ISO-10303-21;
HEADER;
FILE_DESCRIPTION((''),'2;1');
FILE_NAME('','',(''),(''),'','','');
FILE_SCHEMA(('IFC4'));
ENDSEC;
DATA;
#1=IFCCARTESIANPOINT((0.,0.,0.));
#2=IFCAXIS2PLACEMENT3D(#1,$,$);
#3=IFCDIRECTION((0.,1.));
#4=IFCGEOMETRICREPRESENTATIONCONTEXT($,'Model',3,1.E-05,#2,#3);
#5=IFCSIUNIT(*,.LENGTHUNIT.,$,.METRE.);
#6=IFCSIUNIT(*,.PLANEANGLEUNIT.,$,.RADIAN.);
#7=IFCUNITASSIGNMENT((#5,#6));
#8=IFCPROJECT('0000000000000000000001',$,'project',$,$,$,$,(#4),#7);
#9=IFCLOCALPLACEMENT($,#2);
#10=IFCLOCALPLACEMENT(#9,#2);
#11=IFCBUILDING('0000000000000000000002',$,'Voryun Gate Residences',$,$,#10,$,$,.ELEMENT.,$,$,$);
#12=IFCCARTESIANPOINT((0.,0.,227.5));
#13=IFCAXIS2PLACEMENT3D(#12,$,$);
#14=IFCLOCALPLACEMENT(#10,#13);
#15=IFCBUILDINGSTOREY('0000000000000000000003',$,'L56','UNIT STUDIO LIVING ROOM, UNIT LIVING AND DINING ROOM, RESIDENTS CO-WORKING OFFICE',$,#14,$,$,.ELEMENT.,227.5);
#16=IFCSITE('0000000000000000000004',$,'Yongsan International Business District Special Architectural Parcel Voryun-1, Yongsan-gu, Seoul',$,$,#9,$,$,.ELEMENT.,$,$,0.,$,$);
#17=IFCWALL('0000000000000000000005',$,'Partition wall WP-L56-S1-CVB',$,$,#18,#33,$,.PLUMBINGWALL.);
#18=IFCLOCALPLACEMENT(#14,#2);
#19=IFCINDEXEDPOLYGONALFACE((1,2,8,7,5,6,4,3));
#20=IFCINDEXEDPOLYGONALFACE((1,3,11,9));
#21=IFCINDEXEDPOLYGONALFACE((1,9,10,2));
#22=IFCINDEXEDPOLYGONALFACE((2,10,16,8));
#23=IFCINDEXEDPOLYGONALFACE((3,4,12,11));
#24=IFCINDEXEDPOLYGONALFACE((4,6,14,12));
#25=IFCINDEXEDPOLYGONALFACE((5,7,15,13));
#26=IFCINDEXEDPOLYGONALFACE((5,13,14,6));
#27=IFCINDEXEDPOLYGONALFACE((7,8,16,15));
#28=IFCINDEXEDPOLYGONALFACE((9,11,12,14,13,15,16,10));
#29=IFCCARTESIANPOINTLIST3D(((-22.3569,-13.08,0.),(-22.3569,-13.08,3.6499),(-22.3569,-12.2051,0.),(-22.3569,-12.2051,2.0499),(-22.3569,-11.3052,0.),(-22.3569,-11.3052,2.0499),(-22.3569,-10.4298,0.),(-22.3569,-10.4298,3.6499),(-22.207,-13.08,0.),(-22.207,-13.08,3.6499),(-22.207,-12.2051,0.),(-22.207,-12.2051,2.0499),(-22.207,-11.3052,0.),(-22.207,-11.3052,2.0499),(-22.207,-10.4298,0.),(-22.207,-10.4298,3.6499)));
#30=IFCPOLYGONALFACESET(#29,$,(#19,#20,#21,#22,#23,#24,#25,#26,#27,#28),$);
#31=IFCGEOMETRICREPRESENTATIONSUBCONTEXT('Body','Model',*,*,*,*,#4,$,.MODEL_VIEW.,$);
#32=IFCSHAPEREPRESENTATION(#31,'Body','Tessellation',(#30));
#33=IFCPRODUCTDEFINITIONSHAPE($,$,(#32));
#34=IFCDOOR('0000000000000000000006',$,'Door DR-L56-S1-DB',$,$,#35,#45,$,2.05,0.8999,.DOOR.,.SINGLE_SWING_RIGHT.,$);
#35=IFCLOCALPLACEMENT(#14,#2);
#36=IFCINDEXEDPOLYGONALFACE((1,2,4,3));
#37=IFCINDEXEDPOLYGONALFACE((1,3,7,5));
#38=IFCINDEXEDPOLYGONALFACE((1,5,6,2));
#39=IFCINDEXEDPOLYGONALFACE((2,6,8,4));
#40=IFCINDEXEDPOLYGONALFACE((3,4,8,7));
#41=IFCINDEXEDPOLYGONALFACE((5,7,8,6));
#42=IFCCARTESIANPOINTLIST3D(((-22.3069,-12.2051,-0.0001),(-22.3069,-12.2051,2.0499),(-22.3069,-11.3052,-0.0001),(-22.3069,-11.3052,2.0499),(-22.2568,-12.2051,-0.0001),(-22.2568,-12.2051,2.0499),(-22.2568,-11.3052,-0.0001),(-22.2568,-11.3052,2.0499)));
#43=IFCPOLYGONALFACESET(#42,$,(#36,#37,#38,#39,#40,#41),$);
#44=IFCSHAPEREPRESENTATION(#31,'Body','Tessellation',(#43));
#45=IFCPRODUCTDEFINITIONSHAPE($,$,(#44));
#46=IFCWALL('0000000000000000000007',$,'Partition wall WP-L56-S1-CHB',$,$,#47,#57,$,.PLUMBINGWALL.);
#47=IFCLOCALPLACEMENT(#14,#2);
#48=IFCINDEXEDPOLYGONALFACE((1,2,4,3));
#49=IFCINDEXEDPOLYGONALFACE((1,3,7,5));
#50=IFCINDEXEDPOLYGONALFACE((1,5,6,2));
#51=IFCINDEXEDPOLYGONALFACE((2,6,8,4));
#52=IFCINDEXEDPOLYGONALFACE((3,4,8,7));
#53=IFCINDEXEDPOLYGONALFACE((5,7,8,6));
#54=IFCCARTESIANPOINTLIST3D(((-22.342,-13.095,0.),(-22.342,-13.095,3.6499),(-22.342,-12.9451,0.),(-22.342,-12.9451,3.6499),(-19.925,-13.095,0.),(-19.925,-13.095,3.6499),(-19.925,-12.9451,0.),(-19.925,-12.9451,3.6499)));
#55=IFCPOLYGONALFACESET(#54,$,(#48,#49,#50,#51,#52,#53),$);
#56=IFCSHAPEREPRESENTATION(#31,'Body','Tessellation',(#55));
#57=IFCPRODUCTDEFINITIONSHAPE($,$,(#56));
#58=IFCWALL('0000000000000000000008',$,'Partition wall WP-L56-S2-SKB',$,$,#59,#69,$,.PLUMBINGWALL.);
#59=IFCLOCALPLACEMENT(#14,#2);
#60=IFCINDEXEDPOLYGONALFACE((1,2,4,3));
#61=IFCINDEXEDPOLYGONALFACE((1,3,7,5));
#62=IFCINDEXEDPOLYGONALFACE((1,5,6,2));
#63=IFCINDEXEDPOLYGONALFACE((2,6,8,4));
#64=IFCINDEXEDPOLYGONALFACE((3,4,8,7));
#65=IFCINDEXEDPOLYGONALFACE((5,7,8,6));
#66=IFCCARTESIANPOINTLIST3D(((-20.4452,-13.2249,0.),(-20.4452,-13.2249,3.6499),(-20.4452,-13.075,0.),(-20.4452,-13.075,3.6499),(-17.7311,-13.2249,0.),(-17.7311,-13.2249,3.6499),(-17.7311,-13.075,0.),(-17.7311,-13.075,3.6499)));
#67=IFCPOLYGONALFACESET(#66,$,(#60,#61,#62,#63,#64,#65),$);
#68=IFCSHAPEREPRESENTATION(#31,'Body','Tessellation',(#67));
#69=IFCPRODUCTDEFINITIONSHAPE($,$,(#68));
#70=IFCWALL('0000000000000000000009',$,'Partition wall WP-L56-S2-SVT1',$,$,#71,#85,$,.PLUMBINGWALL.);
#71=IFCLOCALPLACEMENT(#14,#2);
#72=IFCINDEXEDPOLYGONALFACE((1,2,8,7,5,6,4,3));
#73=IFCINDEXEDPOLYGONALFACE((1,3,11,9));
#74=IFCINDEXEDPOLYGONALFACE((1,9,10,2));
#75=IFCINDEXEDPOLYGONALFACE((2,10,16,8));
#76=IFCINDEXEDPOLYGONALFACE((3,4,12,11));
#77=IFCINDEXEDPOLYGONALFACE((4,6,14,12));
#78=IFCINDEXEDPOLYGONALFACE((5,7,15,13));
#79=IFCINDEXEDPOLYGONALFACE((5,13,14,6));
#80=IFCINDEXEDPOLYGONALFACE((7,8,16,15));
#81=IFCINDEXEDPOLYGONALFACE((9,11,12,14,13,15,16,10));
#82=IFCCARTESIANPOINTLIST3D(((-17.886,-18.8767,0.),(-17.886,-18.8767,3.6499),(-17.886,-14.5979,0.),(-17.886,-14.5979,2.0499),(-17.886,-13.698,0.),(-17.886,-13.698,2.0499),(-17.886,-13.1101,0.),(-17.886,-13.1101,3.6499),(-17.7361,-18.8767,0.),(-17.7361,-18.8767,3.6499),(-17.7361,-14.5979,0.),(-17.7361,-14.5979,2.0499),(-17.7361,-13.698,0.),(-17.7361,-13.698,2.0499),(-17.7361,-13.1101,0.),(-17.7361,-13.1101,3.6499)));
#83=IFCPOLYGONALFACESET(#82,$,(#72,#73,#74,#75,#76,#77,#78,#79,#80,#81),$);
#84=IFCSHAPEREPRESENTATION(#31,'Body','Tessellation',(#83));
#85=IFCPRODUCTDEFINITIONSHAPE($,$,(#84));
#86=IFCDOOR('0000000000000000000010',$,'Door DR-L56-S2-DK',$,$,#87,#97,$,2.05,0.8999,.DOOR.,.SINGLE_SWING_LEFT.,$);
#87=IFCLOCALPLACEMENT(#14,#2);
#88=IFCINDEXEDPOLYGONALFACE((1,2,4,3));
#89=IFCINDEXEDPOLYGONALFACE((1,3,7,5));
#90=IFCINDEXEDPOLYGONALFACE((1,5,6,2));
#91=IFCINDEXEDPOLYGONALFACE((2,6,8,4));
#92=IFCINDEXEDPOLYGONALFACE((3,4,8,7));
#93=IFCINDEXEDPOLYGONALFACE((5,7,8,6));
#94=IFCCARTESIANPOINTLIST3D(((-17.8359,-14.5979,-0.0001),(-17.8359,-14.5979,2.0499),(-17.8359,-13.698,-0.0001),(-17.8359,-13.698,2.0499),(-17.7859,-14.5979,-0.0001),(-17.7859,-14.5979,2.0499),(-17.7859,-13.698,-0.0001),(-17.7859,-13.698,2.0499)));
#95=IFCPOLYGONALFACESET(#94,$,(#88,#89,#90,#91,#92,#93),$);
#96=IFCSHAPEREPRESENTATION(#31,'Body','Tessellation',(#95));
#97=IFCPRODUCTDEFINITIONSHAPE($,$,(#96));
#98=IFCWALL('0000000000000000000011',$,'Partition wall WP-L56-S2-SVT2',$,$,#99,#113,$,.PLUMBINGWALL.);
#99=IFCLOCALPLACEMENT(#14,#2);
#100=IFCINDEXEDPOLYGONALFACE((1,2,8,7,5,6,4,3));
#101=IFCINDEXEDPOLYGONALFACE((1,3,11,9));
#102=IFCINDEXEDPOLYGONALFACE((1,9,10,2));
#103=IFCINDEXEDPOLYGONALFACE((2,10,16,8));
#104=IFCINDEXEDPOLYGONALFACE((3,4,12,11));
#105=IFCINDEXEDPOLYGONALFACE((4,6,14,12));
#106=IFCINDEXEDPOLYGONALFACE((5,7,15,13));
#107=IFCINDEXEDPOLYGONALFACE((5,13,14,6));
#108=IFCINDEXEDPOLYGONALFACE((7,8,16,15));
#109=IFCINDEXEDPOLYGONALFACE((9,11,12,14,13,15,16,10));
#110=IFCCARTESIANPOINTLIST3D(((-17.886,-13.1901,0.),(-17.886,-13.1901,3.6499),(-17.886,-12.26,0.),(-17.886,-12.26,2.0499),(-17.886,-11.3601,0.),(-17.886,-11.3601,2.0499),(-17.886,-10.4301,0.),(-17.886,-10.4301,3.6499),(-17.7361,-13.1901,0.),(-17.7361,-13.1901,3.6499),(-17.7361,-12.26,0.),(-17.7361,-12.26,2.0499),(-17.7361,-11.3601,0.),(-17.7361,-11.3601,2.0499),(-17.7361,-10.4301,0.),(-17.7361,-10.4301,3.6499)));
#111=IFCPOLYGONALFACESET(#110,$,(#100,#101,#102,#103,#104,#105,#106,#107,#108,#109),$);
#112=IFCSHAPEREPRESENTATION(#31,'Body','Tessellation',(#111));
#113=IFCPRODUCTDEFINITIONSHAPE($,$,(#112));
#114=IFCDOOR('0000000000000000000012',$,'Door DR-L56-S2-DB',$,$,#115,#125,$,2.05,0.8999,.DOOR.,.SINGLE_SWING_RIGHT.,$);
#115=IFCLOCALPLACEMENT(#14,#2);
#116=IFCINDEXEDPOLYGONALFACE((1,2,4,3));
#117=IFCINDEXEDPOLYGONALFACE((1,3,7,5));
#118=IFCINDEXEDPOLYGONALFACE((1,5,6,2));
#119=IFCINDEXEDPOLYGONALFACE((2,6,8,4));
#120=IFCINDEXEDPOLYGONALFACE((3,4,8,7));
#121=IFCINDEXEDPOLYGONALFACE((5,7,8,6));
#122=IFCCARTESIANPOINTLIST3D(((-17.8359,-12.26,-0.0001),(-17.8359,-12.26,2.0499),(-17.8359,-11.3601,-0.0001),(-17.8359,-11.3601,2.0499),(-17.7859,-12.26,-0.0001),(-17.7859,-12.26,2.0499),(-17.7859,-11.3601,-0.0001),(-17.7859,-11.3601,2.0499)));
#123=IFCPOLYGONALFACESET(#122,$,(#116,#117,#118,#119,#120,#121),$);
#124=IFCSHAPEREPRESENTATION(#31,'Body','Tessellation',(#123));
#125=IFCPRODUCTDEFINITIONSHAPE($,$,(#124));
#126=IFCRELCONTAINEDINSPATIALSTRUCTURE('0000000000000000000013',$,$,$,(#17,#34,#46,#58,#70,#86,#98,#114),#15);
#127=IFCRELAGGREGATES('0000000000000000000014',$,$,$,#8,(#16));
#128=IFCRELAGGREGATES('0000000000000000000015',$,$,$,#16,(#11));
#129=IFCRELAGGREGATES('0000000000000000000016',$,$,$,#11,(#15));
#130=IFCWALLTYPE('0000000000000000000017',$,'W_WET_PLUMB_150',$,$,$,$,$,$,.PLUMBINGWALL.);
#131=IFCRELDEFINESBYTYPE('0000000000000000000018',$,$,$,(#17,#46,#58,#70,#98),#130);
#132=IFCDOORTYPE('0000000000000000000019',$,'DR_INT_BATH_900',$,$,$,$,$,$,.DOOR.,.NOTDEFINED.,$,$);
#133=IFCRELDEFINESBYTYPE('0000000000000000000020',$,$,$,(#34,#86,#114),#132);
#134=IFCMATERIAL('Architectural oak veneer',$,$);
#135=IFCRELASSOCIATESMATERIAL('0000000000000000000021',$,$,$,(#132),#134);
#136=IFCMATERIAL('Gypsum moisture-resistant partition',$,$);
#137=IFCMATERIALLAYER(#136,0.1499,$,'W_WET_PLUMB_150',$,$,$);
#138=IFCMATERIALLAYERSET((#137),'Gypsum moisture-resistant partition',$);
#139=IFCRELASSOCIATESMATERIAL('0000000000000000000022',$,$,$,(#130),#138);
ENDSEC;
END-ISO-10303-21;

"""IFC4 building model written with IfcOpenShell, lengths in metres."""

from ifc_helpers import new_model, si_unit, direction, frame, frame_2d, origin, place, context, subcontext, project, spatial, rectangle, extrude, material, layer, layer_set, type_object, element, fill, save


model = new_model("IFC4")

# Units and contexts
model_context = context("Model", 3, precision=1e-05, world=origin(), true_north=direction((0.0, 1.0)))
body_context = subcontext(model_context, "Body", "Model", "MODEL_VIEW")
ifc_project = project(units=[si_unit("LENGTHUNIT", "METRE"), si_unit("PLANEANGLEUNIT", "RADIAN")], contexts=[model_context])

# Site, building, storey
site_placement = place(None, origin())
site = spatial("IfcSite", under=ifc_project, at=site_placement, Name="Yongsan International Business District Special Architectural Parcel Voryun-1, Yongsan-gu, Seoul", CompositionType="ELEMENT", RefElevation=0.0)
building_placement = place(site_placement, origin())
building = spatial("IfcBuilding", under=site, at=building_placement, Name="Voryun Gate Residences", CompositionType="ELEMENT")
storey_placement = place(building_placement, frame((0.0, 0.0, 227.5)))
storey = spatial("IfcBuildingStorey", under=building, at=storey_placement, Name="L56", Description="UNIT STUDIO LIVING ROOM, UNIT LIVING AND DINING ROOM, RESIDENTS CO-WORKING OFFICE", CompositionType="ELEMENT", Elevation=227.5)

# Shared definitions
ifc_material_1 = material(Name="Architectural oak veneer")
door_type_1 = type_object("IfcDoorType", Name="DR_INT_BATH_900", OperationType="NOTDEFINED", PredefinedType="DOOR", material=ifc_material_1)

# Wall, opening, door
ifc_material_2 = material(Name="Gypsum moisture-resistant partition")
ifc_layer_1 = layer(ifc_material_2, 0.1499, Name="W_WET_PLUMB_150")
ifc_layer_set_1 = layer_set([ifc_layer_1], Name="Gypsum moisture-resistant partition")
wall_type_1 = type_object("IfcWallType", Name="W_WET_PLUMB_150", PredefinedType="PLUMBINGWALL", material=ifc_layer_set_1)
wall_1_placement = place(storey_placement, frame((-22.282, -13.0801, 0.0), z_axis=(0.0, 0.0, 1.0), x_axis=(0.0, 1.0, 0.0)))
wall_1 = element("IfcWall", 1, at=wall_1_placement, inside=storey, type_object=wall_type_1, Name="Partition wall WP-L56-S1-CVB", PredefinedType="PLUMBINGWALL", context=body_context, shape_type="SweptSolid", body=[
    extrude(rectangle(XDim=2.6501, YDim=0.1499, at=frame_2d((1.3252, 0.0))), origin(), (0.0, 0.0, 1.0), 3.6499),
])
opening_1_placement = place(wall_1_placement, frame((0.875, 0.0, 0.0)))
opening_1 = element("IfcOpeningElement", 2, at=opening_1_placement, cuts=wall_1, PredefinedType="OPENING", context=body_context, shape_type="SweptSolid", body=[
    extrude(rectangle(XDim=0.8999, YDim=2.05, at=frame_2d((0.45, 1.0249))), frame((0.0, 0.085, 0.0), z_axis=(0.0, -1.0, 0.0), x_axis=(1.0, 0.0, 0.0)), (0.0, 0.0, 1.0), 0.1699),
])
door_1_placement = place(opening_1_placement, origin())
door_1 = element("IfcDoor", 3, at=door_1_placement, inside=storey, type_object=door_type_1, Name="Door DR-L56-S1-DB", OperationType="SINGLE_SWING_RIGHT", OverallHeight=2.05, OverallWidth=0.8999, PredefinedType="DOOR", context=body_context, shape_type="SweptSolid", body=[
    extrude(rectangle(XDim=0.8999, YDim=2.05, at=frame_2d((0.45, 1.0249))), frame((0.0, 0.0249, 0.0), z_axis=(0.0, -1.0, 0.0), x_axis=(1.0, 0.0, 0.0)), (0.0, 0.0, 1.0), 0.05),
])
fill(opening_1, door_1)

# Walls
wall_2_placement = place(storey_placement, frame((-22.342, -13.02, 0.0), z_axis=(0.0, 0.0, 1.0), x_axis=(1.0, 0.0, 0.0)))
element("IfcWall", 4, at=wall_2_placement, inside=storey, type_object=wall_type_1, Name="Partition wall WP-L56-S1-CHB", PredefinedType="PLUMBINGWALL", context=body_context, shape_type="SweptSolid", body=[
    extrude(rectangle(XDim=2.417, YDim=0.1499, at=frame_2d((1.2085, 0.0))), origin(), (0.0, 0.0, 1.0), 3.6499),
])
wall_3_placement = place(storey_placement, frame((-20.4451, -13.1499, 0.0), z_axis=(0.0, 0.0, 1.0), x_axis=(1.0, 0.0, 0.0)))
element("IfcWall", 5, at=wall_3_placement, inside=storey, type_object=wall_type_1, Name="Partition wall WP-L56-S2-SKB", PredefinedType="PLUMBINGWALL", context=body_context, shape_type="SweptSolid", body=[
    extrude(rectangle(XDim=2.7141, YDim=0.1499, at=frame_2d((1.3569, 0.0))), origin(), (0.0, 0.0, 1.0), 3.6499),
])

# Walls, openings, doors
wall_4_placement = place(storey_placement, frame((-17.811, -18.8767, 0.0), z_axis=(0.0, 0.0, 1.0), x_axis=(0.0, 1.0, 0.0)))
wall_4 = element("IfcWall", 6, at=wall_4_placement, inside=storey, type_object=wall_type_1, Name="Partition wall WP-L56-S2-SVT1", PredefinedType="PLUMBINGWALL", context=body_context, shape_type="SweptSolid", body=[
    extrude(rectangle(XDim=5.7666, YDim=0.1499, at=frame_2d((2.8833, 0.0))), origin(), (0.0, 0.0, 1.0), 3.6499),
])
opening_2_placement = place(wall_4_placement, frame((4.2788, 0.0, 0.0)))
opening_2 = element("IfcOpeningElement", 7, at=opening_2_placement, cuts=wall_4, PredefinedType="OPENING", context=body_context, shape_type="SweptSolid", body=[
    extrude(rectangle(XDim=0.8999, YDim=2.05, at=frame_2d((0.45, 1.0249))), frame((0.0, 0.085, 0.0), z_axis=(0.0, -1.0, 0.0), x_axis=(1.0, 0.0, 0.0)), (0.0, 0.0, 1.0), 0.1699),
])
door_2_placement = place(opening_2_placement, origin())
door_2 = element("IfcDoor", 8, at=door_2_placement, inside=storey, type_object=door_type_1, Name="Door DR-L56-S2-DK", OperationType="SINGLE_SWING_LEFT", OverallHeight=2.05, OverallWidth=0.8999, PredefinedType="DOOR", context=body_context, shape_type="SweptSolid", body=[
    extrude(rectangle(XDim=0.8999, YDim=2.05, at=frame_2d((0.45, 1.0249))), frame((0.0, 0.0249, 0.0), z_axis=(0.0, -1.0, 0.0), x_axis=(1.0, 0.0, 0.0)), (0.0, 0.0, 1.0), 0.05),
])
fill(opening_2, door_2)
wall_5_placement = place(storey_placement, frame((-17.811, -13.1899, 0.0), z_axis=(0.0, 0.0, 1.0), x_axis=(0.0, 1.0, 0.0)))
wall_5 = element("IfcWall", 9, at=wall_5_placement, inside=storey, type_object=wall_type_1, Name="Partition wall WP-L56-S2-SVT2", PredefinedType="PLUMBINGWALL", context=body_context, shape_type="SweptSolid", body=[
    extrude(rectangle(XDim=2.76, YDim=0.1499, at=frame_2d((1.3799, 0.0))), origin(), (0.0, 0.0, 1.0), 3.6499),
])
opening_3_placement = place(wall_5_placement, frame((0.9299, 0.0, 0.0)))
opening_3 = element("IfcOpeningElement", 10, at=opening_3_placement, cuts=wall_5, PredefinedType="OPENING", context=body_context, shape_type="SweptSolid", body=[
    extrude(rectangle(XDim=0.8999, YDim=2.05, at=frame_2d((0.45, 1.0249))), frame((0.0, 0.085, 0.0), z_axis=(0.0, -1.0, 0.0), x_axis=(1.0, 0.0, 0.0)), (0.0, 0.0, 1.0), 0.1699),
])
door_3_placement = place(opening_3_placement, origin())
door_3 = element("IfcDoor", 11, at=door_3_placement, inside=storey, type_object=door_type_1, Name="Door DR-L56-S2-DB", OperationType="SINGLE_SWING_RIGHT", OverallHeight=2.05, OverallWidth=0.8999, PredefinedType="DOOR", context=body_context, shape_type="SweptSolid", body=[
    extrude(rectangle(XDim=0.8999, YDim=2.05, at=frame_2d((0.45, 1.0249))), frame((0.0, 0.0249, 0.0), z_axis=(0.0, -1.0, 0.0), x_axis=(1.0, 0.0, 0.0)), (0.0, 0.0, 1.0), 0.05),
])
fill(opening_3, door_3)

save(model, "model.ifc")
